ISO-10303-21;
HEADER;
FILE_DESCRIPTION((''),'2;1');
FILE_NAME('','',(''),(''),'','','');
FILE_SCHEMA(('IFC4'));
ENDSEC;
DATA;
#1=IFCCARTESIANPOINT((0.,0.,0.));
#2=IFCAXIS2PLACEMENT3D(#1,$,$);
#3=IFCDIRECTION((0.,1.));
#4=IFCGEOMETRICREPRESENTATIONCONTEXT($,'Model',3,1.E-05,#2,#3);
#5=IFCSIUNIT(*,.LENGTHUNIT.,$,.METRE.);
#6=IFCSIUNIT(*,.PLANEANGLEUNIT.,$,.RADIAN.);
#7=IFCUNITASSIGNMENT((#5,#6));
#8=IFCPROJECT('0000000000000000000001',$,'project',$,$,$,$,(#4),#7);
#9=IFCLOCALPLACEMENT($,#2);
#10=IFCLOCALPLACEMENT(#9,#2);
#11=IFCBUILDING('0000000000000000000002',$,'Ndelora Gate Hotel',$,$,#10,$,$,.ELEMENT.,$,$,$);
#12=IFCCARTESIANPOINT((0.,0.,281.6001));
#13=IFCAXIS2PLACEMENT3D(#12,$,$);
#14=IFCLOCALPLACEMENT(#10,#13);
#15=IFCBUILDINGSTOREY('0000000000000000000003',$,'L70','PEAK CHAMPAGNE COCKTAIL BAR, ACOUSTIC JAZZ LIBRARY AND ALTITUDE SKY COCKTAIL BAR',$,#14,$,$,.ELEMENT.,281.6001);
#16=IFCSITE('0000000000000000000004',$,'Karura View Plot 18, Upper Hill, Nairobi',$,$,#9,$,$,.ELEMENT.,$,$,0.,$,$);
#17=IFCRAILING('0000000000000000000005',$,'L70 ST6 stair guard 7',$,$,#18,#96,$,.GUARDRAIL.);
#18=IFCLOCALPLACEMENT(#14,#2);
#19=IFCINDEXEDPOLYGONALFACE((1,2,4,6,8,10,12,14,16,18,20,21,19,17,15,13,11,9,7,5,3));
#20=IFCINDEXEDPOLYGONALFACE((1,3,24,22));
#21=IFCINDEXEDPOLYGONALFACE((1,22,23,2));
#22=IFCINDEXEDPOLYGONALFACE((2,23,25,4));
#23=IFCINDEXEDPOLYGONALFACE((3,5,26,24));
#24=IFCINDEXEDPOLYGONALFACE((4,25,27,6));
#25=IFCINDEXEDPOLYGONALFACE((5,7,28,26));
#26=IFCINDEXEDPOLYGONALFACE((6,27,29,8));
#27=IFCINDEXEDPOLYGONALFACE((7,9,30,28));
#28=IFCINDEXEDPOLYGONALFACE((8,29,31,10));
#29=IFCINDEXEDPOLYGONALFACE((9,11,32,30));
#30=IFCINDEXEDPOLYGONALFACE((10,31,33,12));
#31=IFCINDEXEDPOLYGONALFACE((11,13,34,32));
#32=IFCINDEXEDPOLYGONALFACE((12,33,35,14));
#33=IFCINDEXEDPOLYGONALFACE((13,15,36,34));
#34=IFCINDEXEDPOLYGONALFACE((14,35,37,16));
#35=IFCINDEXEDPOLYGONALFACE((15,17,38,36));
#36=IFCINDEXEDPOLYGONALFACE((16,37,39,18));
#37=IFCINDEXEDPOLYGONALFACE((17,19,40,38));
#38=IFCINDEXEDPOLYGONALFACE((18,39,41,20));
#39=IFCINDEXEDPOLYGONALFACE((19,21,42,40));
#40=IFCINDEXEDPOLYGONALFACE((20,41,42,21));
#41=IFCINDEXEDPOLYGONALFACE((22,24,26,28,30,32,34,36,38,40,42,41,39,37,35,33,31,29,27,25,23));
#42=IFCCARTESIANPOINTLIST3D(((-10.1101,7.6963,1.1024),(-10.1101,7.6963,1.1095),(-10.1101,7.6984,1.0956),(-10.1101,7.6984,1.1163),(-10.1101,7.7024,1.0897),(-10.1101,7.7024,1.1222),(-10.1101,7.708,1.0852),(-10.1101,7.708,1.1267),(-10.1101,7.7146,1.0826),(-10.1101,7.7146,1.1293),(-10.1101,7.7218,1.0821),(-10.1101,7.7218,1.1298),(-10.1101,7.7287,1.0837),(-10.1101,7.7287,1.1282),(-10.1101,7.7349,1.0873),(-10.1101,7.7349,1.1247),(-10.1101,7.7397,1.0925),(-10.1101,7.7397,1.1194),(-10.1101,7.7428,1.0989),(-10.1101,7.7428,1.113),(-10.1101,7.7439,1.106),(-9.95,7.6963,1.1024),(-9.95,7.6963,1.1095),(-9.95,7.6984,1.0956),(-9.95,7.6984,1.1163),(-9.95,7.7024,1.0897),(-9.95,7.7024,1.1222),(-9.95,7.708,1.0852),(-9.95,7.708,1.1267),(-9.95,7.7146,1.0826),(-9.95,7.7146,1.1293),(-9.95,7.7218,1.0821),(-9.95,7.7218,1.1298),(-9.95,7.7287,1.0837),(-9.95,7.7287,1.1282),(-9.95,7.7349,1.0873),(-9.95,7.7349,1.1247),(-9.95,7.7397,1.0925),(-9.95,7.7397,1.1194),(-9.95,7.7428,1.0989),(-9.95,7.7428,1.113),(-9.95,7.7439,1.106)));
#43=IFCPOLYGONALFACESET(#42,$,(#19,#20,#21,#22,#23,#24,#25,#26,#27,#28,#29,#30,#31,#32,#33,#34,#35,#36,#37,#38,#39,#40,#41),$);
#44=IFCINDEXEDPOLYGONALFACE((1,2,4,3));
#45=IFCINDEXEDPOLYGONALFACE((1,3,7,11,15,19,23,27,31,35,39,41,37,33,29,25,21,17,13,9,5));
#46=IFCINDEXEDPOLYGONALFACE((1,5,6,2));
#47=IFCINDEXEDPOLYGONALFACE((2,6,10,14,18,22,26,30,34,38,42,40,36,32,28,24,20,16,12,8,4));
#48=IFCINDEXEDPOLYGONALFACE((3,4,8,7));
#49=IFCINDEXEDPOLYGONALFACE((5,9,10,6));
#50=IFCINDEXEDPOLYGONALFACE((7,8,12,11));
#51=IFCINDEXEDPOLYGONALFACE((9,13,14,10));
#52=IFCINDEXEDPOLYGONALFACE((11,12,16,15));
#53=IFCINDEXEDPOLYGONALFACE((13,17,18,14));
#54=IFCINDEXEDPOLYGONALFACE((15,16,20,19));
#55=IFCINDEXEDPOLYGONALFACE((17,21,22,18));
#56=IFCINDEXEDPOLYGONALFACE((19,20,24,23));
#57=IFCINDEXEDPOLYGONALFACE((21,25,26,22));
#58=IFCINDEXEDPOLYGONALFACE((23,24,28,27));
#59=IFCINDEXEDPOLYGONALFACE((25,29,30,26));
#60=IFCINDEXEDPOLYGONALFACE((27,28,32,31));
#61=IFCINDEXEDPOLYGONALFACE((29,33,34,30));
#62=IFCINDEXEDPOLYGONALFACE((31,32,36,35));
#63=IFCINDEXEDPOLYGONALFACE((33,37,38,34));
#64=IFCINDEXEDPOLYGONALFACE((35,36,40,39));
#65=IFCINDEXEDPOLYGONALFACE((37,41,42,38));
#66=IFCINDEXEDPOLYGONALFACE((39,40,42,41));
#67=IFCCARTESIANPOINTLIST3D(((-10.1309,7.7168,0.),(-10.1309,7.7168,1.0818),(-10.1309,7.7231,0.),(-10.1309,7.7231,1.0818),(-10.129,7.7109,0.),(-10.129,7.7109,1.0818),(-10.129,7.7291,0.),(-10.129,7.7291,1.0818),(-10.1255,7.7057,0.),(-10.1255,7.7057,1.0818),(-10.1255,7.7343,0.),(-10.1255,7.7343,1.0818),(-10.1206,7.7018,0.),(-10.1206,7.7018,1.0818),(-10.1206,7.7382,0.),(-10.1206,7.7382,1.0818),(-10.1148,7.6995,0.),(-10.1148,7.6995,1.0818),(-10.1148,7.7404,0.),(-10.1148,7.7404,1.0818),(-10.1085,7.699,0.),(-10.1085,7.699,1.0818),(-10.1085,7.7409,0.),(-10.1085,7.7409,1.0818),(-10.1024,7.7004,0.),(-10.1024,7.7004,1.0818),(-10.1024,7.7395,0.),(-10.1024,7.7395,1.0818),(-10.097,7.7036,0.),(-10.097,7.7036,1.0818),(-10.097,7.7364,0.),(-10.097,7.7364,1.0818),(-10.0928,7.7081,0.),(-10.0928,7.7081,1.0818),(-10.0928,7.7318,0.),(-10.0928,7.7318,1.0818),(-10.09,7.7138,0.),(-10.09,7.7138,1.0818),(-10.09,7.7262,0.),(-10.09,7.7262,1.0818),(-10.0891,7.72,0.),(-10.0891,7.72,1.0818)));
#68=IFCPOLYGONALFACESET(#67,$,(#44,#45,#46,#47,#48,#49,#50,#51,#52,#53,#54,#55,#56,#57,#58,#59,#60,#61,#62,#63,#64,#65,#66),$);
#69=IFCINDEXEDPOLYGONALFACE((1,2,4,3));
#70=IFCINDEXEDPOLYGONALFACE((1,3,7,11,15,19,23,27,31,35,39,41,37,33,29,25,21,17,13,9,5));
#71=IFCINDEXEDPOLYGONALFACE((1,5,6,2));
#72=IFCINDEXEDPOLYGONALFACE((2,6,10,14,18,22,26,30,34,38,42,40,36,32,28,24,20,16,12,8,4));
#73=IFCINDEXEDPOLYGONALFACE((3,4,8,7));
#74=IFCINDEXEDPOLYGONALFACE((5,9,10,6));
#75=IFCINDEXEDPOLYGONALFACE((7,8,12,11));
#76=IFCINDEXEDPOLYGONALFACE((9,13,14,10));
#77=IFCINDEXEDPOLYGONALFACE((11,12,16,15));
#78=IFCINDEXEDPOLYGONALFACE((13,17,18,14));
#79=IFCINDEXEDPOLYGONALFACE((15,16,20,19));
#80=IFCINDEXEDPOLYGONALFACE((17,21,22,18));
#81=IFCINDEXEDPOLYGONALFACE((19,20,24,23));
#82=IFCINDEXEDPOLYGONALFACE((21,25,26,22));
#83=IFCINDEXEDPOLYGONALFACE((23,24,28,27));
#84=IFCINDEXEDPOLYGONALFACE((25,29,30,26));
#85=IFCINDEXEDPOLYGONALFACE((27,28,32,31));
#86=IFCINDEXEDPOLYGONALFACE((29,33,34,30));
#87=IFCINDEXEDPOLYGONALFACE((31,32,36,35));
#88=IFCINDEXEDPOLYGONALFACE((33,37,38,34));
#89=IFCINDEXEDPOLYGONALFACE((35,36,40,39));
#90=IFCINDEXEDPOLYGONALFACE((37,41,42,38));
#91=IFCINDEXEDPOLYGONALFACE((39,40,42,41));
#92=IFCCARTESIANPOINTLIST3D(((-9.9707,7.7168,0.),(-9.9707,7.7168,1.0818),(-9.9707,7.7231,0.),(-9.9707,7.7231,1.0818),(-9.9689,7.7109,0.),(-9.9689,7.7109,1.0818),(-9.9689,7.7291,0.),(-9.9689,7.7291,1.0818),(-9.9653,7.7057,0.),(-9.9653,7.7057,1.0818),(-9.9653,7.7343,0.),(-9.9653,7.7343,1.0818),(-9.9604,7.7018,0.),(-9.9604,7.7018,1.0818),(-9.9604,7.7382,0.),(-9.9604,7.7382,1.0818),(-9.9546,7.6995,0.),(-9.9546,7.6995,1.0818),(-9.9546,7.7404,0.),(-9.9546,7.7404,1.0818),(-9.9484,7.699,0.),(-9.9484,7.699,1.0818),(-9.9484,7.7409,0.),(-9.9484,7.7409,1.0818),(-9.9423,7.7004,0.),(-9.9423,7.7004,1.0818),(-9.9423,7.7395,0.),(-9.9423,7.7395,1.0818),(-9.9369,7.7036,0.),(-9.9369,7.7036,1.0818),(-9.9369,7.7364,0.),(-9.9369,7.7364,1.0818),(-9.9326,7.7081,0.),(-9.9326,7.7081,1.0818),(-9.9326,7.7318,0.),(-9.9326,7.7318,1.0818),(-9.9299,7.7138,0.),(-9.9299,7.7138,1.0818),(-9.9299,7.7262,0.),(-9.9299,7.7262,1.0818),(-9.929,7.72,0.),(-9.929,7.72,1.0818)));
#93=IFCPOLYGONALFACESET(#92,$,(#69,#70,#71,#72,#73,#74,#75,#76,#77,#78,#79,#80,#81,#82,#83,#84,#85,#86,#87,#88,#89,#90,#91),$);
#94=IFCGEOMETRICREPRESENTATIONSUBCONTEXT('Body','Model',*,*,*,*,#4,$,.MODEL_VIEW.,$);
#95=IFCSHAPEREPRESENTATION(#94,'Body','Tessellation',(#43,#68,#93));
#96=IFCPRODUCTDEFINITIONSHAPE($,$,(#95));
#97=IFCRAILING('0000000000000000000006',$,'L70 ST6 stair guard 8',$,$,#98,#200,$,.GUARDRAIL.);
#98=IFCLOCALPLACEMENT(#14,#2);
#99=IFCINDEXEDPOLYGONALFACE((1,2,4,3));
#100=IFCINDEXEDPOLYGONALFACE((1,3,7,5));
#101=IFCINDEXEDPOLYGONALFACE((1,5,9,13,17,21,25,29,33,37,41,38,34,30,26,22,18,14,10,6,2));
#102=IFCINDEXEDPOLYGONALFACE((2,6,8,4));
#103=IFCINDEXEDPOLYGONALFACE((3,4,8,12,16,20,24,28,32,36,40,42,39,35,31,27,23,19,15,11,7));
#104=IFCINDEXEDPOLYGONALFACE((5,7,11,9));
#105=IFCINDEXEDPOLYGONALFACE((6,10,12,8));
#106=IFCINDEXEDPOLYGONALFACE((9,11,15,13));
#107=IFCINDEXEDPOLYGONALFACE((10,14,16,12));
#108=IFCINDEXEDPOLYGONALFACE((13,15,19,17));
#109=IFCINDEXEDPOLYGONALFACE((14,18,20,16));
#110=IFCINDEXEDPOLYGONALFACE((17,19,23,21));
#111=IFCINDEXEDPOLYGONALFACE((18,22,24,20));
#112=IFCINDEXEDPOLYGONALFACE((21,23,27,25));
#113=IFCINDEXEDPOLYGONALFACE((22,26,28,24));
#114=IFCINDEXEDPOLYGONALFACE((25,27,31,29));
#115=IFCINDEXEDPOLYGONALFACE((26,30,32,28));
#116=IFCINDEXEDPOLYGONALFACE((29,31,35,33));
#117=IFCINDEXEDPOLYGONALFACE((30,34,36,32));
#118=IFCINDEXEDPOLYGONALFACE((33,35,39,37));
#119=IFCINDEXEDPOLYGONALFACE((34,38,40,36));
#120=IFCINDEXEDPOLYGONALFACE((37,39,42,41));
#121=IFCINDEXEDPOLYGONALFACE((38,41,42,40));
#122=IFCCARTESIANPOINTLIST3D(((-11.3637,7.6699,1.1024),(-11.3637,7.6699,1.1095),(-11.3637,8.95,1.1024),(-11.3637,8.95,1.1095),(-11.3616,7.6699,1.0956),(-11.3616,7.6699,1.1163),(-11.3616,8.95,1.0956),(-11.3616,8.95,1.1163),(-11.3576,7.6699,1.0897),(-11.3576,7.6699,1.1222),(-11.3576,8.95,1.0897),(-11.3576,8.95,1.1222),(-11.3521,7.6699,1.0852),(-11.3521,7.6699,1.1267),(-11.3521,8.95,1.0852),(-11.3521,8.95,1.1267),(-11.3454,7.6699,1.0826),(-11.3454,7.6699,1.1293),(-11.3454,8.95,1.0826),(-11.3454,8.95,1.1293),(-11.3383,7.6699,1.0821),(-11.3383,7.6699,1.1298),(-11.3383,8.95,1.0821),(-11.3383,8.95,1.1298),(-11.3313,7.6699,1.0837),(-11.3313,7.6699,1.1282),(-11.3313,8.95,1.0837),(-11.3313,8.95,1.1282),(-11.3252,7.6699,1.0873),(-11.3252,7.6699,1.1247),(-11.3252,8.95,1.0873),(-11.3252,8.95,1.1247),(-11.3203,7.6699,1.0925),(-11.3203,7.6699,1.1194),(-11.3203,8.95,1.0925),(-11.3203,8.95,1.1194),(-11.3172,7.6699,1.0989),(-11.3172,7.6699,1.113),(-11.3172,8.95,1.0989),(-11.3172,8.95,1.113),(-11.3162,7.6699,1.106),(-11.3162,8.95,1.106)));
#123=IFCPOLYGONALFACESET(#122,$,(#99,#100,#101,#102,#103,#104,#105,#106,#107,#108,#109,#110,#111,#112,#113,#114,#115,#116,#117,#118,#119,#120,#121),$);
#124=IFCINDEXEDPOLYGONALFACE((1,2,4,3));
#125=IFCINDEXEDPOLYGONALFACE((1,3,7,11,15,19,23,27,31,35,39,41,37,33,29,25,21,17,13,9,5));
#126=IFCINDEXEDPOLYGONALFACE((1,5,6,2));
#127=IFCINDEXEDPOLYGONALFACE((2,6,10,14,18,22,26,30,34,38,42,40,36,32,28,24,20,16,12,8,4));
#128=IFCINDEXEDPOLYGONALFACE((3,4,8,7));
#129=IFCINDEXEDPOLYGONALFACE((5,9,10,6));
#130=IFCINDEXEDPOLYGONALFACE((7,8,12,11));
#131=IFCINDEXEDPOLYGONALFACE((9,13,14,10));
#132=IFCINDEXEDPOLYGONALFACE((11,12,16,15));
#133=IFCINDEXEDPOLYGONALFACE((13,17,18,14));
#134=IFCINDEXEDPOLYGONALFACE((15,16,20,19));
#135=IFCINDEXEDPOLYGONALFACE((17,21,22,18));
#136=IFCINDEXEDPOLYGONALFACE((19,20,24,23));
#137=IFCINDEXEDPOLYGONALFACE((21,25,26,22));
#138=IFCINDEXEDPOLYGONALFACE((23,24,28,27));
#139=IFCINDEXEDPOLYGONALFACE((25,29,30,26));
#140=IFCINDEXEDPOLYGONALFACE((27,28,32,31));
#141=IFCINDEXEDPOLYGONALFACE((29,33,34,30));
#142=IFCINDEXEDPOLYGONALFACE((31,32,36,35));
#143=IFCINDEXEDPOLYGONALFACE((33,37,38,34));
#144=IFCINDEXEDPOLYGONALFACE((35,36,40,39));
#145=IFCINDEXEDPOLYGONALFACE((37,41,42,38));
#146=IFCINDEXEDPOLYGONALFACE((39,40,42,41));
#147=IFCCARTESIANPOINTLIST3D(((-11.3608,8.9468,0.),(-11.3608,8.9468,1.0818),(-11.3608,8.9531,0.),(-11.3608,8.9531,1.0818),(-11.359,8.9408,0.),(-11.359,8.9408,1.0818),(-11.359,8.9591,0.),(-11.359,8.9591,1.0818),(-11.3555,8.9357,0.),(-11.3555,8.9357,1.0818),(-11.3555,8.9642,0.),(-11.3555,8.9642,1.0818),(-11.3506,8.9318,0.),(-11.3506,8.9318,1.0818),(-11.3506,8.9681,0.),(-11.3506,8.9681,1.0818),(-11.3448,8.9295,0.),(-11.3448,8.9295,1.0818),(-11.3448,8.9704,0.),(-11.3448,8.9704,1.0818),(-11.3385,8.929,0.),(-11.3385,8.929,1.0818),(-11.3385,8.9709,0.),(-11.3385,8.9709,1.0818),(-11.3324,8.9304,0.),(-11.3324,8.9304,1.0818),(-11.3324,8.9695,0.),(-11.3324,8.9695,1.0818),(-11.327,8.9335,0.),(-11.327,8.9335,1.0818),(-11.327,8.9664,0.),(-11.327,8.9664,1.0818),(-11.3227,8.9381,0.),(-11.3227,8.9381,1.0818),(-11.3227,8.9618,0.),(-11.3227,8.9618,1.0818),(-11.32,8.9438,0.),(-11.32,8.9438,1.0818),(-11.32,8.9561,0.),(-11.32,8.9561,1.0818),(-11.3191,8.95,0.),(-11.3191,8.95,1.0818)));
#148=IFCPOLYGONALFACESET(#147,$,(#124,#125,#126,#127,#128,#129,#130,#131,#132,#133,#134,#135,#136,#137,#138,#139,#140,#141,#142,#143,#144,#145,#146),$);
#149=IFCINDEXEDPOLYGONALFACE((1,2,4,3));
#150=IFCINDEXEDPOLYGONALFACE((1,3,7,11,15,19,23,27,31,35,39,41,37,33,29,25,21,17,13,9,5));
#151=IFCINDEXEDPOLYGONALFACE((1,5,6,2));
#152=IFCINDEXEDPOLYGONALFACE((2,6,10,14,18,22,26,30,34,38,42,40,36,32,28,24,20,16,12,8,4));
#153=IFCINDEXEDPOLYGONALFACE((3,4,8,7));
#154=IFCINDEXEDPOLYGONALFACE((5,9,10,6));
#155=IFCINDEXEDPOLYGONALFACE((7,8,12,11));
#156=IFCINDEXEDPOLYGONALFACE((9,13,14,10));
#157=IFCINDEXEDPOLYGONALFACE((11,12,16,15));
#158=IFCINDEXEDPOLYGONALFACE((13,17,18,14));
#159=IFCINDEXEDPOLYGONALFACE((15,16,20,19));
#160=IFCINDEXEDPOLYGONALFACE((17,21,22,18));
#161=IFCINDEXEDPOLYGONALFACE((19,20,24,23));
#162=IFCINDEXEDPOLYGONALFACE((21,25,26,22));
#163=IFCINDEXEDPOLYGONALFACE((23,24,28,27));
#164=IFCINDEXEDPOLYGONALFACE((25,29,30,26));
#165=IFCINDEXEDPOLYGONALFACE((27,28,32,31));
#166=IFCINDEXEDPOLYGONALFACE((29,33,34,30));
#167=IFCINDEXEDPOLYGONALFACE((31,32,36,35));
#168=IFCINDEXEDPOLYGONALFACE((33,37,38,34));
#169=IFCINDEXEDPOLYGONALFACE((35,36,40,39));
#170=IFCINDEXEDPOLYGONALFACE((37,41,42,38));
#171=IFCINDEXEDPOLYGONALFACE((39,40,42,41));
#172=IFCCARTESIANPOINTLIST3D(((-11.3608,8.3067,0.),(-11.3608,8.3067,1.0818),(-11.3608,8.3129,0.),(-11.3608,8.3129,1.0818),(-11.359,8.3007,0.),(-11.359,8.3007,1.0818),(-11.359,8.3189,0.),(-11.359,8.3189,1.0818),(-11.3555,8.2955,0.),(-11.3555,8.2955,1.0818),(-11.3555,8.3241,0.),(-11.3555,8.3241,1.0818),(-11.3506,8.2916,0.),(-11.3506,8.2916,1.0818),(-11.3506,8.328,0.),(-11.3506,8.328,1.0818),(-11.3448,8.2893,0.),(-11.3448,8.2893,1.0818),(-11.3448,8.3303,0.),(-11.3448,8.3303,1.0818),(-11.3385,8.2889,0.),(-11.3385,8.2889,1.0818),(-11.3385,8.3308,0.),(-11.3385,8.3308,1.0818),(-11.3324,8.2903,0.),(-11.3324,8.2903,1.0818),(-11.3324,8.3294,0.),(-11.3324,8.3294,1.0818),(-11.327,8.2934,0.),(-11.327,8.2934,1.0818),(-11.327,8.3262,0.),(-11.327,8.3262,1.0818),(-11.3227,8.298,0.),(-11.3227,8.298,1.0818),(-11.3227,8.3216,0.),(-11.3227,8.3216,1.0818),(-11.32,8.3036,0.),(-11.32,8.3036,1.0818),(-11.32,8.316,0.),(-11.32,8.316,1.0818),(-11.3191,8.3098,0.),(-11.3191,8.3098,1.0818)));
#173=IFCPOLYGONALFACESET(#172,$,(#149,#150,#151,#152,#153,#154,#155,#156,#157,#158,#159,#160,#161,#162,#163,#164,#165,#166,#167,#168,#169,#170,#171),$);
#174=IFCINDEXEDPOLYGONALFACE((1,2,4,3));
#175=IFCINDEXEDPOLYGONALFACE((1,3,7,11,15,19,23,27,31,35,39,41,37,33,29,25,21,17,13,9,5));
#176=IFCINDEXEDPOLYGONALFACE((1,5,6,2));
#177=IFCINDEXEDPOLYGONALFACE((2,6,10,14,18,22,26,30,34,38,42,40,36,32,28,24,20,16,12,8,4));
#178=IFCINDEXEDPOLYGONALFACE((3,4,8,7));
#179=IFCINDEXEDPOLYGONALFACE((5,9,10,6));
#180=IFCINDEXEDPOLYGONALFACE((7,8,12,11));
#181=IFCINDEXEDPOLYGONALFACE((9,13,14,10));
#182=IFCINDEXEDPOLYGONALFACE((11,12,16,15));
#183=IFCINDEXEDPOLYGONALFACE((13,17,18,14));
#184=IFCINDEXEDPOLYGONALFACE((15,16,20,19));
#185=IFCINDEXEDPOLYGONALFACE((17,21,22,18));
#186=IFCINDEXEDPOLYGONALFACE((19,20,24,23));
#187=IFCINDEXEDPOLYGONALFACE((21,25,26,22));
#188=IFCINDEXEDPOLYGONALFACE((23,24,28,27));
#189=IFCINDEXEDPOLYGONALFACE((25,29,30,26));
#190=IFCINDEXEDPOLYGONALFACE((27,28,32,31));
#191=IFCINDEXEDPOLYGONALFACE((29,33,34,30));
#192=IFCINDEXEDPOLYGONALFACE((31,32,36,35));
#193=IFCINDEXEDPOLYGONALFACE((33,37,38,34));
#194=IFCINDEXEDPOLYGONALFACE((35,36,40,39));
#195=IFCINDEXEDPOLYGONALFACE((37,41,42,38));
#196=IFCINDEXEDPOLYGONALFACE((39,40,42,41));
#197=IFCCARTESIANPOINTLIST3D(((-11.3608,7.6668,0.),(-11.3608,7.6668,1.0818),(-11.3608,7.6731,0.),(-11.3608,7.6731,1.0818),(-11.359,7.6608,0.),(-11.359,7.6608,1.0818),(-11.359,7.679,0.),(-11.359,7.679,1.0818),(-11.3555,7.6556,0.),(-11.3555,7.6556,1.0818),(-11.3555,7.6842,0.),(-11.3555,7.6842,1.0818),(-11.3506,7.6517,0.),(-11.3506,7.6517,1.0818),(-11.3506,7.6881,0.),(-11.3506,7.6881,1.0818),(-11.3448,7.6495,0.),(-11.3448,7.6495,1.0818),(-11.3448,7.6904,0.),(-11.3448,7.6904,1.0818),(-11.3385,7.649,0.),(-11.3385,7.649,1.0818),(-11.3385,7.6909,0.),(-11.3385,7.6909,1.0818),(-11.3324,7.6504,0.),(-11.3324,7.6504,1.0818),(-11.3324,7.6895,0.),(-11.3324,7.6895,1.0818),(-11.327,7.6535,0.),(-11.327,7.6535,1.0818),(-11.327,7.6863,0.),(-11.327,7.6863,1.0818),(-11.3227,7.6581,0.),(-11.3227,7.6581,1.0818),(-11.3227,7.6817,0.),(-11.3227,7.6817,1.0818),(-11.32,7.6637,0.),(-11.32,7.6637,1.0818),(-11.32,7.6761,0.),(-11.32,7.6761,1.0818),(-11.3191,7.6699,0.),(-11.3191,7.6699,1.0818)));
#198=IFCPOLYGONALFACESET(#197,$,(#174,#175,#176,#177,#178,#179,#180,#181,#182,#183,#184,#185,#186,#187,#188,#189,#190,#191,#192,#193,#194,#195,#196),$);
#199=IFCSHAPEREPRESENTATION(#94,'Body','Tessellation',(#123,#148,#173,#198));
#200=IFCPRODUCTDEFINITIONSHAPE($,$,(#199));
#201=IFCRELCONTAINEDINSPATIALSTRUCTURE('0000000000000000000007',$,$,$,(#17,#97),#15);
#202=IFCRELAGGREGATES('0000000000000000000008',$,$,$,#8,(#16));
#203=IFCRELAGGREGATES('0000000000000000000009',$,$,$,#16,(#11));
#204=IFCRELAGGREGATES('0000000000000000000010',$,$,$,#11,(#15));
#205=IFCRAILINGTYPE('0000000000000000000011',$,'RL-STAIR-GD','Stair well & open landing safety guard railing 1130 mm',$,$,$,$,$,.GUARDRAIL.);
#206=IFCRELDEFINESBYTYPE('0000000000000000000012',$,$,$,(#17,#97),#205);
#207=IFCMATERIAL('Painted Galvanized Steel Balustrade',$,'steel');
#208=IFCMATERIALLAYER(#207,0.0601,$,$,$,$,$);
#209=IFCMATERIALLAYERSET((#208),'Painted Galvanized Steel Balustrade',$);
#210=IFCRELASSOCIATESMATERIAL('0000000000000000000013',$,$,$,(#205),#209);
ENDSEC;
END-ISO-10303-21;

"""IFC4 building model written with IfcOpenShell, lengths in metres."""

from ifc_helpers import new_model, si_unit, direction, frame, origin, origin_2d, place, context, subcontext, project, spatial, circle, extrude, material, layer, layer_set, type_object, element, save


model = new_model("IFC4")

# Units and contexts
model_context = context("Model", 3, precision=1e-05, world=origin(), true_north=direction((0.0, 1.0)))
body_context = subcontext(model_context, "Body", "Model", "MODEL_VIEW")
ifc_project = project(units=[si_unit("LENGTHUNIT", "METRE"), si_unit("PLANEANGLEUNIT", "RADIAN")], contexts=[model_context])

# Site, building, storey
site_placement = place(None, origin())
site = spatial("IfcSite", under=ifc_project, at=site_placement, Name="Karura View Plot 18, Upper Hill, Nairobi", CompositionType="ELEMENT", RefElevation=0.0)
building_placement = place(site_placement, origin())
building = spatial("IfcBuilding", under=site, at=building_placement, Name="Ndelora Gate Hotel", CompositionType="ELEMENT")
storey_placement = place(building_placement, frame((0.0, 0.0, 281.6001)))
storey = spatial("IfcBuildingStorey", under=building, at=storey_placement, Name="L70", Description="PEAK CHAMPAGNE COCKTAIL BAR, ACOUSTIC JAZZ LIBRARY AND ALTITUDE SKY COCKTAIL BAR", CompositionType="ELEMENT", Elevation=281.6001)

# Railings
ifc_material_1 = material(Name="Painted Galvanized Steel Balustrade", Category="steel")
ifc_layer_1 = layer(ifc_material_1, 0.0601)
ifc_layer_set_1 = layer_set([ifc_layer_1], Name="Painted Galvanized Steel Balustrade")
railing_type_1 = type_object("IfcRailingType", Name="RL-STAIR-GD", Description="Stair well & open landing safety guard railing 1130 mm", PredefinedType="GUARDRAIL", material=ifc_layer_set_1)
railing_1_placement = place(storey_placement, frame((-10.1101, 7.72, 0.0)))
element("IfcRailing", 1, at=railing_1_placement, inside=storey, type_object=railing_type_1, Name="L70 ST6 stair guard 7", PredefinedType="GUARDRAIL", context=body_context, shape_type="SweptSolid", body=[
    extrude(circle(Radius=0.0239, at=origin_2d()), frame((0.0, 0.0, 1.106), z_axis=(1.0, 0.0, 0.0), x_axis=(0.0, 1.0, 0.0)), (0.0, 0.0, 1.0), 0.1602),
    extrude(circle(Radius=0.021, at=origin_2d()), origin(), (0.0, 0.0, 1.0), 1.0818),
    extrude(circle(Radius=0.021, at=origin_2d()), frame((0.1602, 0.0, 0.0)), (0.0, 0.0, 1.0), 1.0818),
])
railing_2_placement = place(storey_placement, frame((-11.3401, 8.95, 0.0)))
element("IfcRailing", 2, at=railing_2_placement, inside=storey, type_object=railing_type_1, Name="L70 ST6 stair guard 8", PredefinedType="GUARDRAIL", context=body_context, shape_type="SweptSolid", body=[
    extrude(circle(Radius=0.0239, at=origin_2d()), frame((0.0, 0.0, 1.106), z_axis=(0.0, -1.0, 0.0), x_axis=(1.0, 0.0, 0.0)), (0.0, 0.0, 1.0), 1.28),
    extrude(circle(Radius=0.021, at=origin_2d()), origin(), (0.0, 0.0, 1.0), 1.0818),
    extrude(circle(Radius=0.021, at=origin_2d()), frame((0.0, -0.6401, 0.0)), (0.0, 0.0, 1.0), 1.0818),
    extrude(circle(Radius=0.021, at=origin_2d()), frame((0.0, -1.28, 0.0)), (0.0, 0.0, 1.0), 1.0818),
])

save(model, "model.ifc")
